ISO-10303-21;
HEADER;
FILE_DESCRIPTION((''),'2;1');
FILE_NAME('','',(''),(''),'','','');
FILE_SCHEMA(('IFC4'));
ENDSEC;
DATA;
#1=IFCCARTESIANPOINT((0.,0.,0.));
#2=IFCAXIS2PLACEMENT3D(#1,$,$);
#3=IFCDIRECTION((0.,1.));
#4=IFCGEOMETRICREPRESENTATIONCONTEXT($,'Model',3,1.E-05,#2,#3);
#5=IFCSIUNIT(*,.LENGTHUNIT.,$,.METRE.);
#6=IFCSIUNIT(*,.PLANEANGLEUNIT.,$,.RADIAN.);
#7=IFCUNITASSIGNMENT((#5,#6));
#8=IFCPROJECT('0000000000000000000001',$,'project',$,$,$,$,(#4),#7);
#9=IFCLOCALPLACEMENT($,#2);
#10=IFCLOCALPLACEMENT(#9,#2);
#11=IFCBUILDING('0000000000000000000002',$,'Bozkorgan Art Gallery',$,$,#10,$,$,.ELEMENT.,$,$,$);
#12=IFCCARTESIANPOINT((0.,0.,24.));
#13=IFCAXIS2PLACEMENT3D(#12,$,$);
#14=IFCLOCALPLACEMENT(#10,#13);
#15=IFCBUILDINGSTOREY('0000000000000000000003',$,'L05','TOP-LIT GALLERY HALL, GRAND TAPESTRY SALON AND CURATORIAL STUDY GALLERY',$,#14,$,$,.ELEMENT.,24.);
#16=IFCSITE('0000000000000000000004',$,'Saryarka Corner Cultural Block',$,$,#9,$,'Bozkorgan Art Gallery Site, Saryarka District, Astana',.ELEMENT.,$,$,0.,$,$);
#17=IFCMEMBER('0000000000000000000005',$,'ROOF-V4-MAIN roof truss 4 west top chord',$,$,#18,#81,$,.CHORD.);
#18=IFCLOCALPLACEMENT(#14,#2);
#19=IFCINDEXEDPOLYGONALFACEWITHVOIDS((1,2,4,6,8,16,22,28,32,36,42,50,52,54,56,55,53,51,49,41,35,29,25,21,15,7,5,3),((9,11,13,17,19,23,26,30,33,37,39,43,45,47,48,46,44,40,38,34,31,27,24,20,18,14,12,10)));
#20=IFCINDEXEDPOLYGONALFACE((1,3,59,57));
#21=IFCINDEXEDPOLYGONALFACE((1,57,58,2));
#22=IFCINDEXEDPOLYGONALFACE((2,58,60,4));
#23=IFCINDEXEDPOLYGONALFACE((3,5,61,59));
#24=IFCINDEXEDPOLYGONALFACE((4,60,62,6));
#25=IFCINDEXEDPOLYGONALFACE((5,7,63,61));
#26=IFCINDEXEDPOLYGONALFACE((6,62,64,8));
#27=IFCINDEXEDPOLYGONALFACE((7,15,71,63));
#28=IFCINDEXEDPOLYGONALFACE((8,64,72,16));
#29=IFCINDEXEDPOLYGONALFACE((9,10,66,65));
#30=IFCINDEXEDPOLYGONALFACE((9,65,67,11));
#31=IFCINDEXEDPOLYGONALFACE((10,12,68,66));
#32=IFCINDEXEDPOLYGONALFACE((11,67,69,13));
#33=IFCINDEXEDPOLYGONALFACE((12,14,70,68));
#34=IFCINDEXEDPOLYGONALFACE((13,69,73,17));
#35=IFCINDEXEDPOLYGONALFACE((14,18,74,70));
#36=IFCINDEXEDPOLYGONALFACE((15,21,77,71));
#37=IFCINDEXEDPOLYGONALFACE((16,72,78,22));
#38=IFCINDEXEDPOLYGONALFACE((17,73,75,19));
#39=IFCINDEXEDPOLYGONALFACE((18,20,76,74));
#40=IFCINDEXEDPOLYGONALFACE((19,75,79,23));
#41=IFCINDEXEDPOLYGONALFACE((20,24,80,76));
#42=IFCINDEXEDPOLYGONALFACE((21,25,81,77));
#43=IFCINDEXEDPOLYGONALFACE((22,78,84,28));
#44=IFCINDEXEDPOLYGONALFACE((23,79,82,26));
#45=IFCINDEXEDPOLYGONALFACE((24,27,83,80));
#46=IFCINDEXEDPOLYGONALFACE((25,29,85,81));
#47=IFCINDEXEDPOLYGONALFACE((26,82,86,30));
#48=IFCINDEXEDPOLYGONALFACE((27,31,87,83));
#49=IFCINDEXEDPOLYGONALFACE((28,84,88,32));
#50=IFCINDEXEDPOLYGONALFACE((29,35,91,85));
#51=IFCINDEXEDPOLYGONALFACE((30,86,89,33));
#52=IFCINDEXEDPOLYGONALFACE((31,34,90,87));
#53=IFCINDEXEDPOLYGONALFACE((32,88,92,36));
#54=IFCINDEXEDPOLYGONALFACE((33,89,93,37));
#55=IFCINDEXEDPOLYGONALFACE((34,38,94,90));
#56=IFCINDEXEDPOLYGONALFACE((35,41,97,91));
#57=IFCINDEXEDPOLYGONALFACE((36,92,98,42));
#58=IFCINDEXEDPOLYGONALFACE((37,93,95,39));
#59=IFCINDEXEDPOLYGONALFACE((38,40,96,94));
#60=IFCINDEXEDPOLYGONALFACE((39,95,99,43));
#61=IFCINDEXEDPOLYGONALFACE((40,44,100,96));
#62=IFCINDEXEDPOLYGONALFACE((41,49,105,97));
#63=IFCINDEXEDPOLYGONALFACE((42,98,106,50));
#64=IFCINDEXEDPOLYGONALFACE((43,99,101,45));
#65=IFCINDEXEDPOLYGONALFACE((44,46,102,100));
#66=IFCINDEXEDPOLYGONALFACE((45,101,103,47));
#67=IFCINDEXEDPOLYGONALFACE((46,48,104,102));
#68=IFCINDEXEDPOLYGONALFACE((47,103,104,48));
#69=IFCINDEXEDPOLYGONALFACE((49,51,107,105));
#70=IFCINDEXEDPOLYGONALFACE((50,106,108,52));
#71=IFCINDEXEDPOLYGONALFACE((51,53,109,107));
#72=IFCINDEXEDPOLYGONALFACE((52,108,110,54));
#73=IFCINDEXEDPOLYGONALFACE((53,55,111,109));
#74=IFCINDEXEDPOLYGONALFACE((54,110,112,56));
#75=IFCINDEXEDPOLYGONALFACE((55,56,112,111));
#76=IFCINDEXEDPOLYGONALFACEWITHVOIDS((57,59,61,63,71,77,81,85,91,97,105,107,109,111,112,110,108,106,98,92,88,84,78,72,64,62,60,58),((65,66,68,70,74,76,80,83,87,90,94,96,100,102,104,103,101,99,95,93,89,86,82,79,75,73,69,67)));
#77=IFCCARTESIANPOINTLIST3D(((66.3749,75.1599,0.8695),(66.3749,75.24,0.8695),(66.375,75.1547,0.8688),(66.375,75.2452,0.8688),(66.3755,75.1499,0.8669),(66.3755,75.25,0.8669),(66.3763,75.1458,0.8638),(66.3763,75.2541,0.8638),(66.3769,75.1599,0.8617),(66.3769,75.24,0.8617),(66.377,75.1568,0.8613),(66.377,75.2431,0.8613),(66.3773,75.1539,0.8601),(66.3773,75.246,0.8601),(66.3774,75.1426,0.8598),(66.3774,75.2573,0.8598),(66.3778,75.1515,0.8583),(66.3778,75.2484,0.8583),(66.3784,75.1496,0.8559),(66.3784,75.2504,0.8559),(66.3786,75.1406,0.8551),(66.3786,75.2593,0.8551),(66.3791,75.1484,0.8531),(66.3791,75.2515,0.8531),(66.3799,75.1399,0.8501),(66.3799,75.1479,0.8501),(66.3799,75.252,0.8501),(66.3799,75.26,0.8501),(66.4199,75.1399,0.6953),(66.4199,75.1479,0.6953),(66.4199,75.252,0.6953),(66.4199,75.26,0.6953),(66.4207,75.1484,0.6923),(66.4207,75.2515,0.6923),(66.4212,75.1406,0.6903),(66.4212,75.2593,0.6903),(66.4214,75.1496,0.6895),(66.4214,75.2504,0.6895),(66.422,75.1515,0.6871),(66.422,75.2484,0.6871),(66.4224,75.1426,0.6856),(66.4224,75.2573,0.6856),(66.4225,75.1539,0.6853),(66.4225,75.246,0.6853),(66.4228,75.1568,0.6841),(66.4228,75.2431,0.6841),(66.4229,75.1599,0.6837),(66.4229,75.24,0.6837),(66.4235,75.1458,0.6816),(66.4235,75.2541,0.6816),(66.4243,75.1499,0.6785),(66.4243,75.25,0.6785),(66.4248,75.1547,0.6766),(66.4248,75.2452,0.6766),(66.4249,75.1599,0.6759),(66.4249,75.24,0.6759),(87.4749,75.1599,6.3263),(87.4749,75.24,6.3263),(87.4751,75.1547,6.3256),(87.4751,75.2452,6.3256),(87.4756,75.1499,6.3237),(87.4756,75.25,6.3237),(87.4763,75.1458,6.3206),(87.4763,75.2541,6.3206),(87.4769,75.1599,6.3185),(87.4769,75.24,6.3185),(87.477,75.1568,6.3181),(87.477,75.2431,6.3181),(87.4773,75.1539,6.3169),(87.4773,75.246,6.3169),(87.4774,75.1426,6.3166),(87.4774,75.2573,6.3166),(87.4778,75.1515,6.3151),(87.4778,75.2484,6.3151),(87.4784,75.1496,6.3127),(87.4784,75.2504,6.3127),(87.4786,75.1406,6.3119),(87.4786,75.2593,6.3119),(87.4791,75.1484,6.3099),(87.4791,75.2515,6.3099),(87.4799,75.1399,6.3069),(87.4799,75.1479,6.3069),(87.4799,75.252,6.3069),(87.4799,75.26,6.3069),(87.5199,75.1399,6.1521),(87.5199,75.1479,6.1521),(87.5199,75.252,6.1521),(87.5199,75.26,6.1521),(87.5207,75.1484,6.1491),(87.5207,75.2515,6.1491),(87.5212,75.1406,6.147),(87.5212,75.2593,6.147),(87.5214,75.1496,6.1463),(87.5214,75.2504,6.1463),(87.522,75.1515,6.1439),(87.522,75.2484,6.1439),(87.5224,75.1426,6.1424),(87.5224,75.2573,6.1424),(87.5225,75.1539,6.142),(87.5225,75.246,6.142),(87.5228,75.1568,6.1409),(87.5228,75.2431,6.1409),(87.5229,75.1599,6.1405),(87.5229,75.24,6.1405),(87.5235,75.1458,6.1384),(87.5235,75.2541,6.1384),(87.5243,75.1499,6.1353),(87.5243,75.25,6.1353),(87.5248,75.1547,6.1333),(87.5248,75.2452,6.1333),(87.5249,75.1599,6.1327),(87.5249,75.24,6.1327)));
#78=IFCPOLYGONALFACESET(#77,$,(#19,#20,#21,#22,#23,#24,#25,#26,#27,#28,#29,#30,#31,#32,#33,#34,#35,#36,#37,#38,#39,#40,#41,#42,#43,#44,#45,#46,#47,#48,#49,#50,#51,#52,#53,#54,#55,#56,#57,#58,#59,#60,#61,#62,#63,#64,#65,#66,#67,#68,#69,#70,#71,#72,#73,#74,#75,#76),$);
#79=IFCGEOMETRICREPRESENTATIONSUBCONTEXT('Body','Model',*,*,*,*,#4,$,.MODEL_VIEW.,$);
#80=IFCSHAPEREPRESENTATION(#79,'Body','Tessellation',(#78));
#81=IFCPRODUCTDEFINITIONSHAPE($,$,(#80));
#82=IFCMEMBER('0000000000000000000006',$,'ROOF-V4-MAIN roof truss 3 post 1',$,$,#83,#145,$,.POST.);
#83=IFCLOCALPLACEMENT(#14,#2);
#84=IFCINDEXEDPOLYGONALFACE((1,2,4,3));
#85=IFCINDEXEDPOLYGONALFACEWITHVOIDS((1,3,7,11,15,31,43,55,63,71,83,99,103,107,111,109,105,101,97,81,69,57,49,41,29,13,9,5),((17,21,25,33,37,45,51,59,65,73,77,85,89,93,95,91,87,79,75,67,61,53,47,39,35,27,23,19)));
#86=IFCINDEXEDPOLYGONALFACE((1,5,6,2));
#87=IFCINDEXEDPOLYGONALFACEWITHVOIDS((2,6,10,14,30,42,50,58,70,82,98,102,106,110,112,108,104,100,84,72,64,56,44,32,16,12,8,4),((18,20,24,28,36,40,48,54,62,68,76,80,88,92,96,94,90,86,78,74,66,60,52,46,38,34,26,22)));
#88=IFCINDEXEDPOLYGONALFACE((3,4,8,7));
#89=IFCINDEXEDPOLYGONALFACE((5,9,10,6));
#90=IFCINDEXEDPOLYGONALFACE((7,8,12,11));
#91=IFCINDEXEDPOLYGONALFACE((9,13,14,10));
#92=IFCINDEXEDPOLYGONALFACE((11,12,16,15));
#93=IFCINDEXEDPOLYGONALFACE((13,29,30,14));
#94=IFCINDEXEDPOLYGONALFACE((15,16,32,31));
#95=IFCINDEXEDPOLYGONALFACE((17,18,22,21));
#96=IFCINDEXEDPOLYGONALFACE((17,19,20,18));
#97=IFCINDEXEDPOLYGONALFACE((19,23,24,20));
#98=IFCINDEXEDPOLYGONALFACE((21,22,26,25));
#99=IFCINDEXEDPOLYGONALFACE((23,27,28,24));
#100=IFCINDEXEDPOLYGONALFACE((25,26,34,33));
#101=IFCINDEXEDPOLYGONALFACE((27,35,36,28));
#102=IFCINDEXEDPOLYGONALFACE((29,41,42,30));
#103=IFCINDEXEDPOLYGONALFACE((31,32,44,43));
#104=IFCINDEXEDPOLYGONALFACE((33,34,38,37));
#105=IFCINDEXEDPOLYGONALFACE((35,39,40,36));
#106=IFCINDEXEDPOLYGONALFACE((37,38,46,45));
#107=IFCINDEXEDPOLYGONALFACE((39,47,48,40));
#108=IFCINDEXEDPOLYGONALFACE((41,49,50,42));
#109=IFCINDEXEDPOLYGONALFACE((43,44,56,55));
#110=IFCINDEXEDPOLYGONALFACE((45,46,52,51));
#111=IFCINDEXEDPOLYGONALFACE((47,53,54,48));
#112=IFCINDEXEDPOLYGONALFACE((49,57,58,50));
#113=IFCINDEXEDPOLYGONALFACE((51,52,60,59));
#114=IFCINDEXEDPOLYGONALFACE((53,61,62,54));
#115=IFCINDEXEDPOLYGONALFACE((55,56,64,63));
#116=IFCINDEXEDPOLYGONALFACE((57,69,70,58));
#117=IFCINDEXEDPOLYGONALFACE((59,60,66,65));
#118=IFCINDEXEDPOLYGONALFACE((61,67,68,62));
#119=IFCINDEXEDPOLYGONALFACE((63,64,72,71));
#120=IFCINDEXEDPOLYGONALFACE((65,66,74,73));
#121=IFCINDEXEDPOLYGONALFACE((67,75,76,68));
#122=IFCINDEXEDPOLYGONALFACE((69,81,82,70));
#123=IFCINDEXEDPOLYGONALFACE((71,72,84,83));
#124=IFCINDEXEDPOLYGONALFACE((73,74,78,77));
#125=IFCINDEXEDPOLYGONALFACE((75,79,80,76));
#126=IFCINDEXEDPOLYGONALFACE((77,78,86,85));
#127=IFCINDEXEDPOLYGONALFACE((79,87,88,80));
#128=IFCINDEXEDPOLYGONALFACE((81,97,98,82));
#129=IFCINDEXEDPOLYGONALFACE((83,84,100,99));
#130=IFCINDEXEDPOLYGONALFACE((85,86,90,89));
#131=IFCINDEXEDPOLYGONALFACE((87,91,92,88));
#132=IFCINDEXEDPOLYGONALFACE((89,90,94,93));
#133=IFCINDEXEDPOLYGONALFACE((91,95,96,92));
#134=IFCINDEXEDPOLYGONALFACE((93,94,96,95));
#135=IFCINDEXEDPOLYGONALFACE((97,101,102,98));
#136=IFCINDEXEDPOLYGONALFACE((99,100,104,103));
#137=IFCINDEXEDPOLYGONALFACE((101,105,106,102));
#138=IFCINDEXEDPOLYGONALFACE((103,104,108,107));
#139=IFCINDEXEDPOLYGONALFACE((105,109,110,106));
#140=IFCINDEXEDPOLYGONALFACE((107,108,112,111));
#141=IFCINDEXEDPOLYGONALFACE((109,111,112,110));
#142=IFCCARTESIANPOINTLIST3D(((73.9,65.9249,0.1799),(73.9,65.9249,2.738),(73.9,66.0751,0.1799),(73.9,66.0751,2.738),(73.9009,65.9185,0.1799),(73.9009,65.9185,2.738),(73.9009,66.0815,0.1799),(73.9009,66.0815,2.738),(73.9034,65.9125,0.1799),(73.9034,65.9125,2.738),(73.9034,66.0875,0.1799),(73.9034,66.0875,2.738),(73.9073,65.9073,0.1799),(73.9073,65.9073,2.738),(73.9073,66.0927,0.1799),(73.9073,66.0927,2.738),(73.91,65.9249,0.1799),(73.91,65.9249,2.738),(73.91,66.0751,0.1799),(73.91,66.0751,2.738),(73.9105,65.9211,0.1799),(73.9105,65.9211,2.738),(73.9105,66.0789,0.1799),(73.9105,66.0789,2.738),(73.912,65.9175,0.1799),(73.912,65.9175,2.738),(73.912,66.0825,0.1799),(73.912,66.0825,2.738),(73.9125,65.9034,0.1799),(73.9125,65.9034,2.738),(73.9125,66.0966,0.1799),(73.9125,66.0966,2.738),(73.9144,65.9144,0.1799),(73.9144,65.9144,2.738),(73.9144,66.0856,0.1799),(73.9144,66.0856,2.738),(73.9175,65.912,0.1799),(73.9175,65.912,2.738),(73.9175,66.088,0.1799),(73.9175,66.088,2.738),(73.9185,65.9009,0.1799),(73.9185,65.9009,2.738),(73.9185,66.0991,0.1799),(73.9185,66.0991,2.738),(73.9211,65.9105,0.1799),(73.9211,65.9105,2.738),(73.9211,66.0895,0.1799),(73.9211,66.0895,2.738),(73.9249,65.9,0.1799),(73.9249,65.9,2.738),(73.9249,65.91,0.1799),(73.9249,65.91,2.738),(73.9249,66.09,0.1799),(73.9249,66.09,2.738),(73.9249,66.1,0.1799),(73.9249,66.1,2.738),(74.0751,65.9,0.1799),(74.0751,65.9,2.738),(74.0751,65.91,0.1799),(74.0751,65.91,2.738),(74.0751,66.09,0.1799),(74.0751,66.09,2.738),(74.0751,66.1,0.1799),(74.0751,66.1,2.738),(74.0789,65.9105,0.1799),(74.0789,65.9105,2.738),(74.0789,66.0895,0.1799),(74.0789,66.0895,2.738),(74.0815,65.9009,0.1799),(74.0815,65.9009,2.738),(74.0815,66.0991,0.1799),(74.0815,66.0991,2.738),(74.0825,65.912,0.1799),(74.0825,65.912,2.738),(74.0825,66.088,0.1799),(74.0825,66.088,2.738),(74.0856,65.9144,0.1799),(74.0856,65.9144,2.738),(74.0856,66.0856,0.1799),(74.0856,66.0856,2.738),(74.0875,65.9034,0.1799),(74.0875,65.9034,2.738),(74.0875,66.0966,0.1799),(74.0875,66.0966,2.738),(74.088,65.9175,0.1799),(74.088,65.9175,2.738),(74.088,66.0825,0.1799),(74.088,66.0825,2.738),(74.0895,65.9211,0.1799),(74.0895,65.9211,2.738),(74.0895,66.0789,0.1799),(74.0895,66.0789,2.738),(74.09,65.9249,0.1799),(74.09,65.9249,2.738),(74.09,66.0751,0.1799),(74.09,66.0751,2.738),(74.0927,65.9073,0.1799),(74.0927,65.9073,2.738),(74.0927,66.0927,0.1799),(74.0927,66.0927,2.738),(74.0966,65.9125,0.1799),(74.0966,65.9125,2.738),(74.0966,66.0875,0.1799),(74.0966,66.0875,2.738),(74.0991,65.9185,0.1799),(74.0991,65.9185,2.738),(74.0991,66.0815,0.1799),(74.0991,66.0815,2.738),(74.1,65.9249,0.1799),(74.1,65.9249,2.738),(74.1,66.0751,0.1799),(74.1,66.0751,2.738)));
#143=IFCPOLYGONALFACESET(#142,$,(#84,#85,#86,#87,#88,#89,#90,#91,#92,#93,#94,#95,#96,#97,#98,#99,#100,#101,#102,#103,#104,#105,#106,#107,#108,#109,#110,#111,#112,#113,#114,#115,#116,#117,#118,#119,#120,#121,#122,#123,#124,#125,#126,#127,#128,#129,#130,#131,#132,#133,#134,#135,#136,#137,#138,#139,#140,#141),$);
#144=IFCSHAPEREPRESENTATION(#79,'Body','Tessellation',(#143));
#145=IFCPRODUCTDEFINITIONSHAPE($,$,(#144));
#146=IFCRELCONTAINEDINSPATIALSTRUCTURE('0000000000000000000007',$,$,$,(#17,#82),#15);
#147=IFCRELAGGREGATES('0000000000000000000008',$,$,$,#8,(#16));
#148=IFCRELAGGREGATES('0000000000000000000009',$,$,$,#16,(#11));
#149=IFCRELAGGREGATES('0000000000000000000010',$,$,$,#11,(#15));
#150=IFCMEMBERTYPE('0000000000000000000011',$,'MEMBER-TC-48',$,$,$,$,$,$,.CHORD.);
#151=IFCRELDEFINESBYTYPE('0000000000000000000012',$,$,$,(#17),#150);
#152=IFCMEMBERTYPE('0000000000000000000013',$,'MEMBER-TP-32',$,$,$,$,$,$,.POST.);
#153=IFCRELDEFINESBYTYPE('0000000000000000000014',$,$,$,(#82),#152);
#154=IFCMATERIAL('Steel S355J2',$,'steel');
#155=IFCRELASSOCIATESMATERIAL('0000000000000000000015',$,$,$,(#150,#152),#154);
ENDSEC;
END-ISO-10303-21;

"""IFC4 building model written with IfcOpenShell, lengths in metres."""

from ifc_helpers import new_model, si_unit, direction, frame, origin, origin_2d, place, context, subcontext, project, spatial, hollow_rectangle, extrude, material, material_profile, profile_set, type_object, element, save


model = new_model("IFC4")

# Units and contexts
model_context = context("Model", 3, precision=1e-05, world=origin(), true_north=direction((0.0, 1.0)))
body_context = subcontext(model_context, "Body", "Model", "MODEL_VIEW")
ifc_project = project(units=[si_unit("LENGTHUNIT", "METRE"), si_unit("PLANEANGLEUNIT", "RADIAN")], contexts=[model_context])

# Site, building, storey
site_placement = place(None, origin())
site = spatial("IfcSite", under=ifc_project, at=site_placement, Name="Saryarka Corner Cultural Block", LongName="Bozkorgan Art Gallery Site, Saryarka District, Astana", CompositionType="ELEMENT", RefElevation=0.0)
building_placement = place(site_placement, origin())
building = spatial("IfcBuilding", under=site, at=building_placement, Name="Bozkorgan Art Gallery", CompositionType="ELEMENT")
storey_placement = place(building_placement, frame((0.0, 0.0, 24.0)))
storey = spatial("IfcBuildingStorey", under=building, at=storey_placement, Name="L05", Description="TOP-LIT GALLERY HALL, GRAND TAPESTRY SALON AND CURATORIAL STUDY GALLERY", CompositionType="ELEMENT", Elevation=24.0)

# Shared definitions
ifc_material_1 = material(Name="Steel S355J2", Category="steel")

# Members
ifc_material_profile_1 = material_profile(ifc_material_1, hollow_rectangle(XDim=0.1201, YDim=0.2, WallThickness=0.0081, InnerFilletRadius=0.012, OuterFilletRadius=0.02, at=origin_2d()), Name="RHS 200x120x8")
ifc_profile_set_1 = profile_set([ifc_material_profile_1], Name="Steel S355J2")
member_type_1 = type_object("IfcMemberType", Name="MEMBER-TC-48", PredefinedType="CHORD", material=ifc_profile_set_1)
member_1_placement = place(storey_placement, frame((66.3999, 75.2, 0.7727), z_axis=(0.968148, 0.0, 0.250377), x_axis=(0.0, 1.0, 0.0)))
element("IfcMember", 1, at=member_1_placement, inside=storey, type_object=member_type_1, Name="ROOF-V4-MAIN roof truss 4 west top chord", PredefinedType="CHORD", context=body_context, shape_type="SweptSolid", body=[
    extrude(hollow_rectangle(XDim=0.1201, YDim=0.2, WallThickness=0.0081, InnerFilletRadius=0.012, OuterFilletRadius=0.02, at=origin_2d()), origin(), (0.0, 0.0, 1.0), 21.7942),
])
ifc_material_profile_2 = material_profile(ifc_material_1, hollow_rectangle(XDim=0.2, YDim=0.2, WallThickness=0.01, InnerFilletRadius=0.0149, OuterFilletRadius=0.0249, at=origin_2d()), Name="SHS 200x200x10")
ifc_profile_set_2 = profile_set([ifc_material_profile_2], Name="Steel S355J2")
member_type_2 = type_object("IfcMemberType", Name="MEMBER-TP-32", PredefinedType="POST", material=ifc_profile_set_2)
member_2_placement = place(storey_placement, frame((74.0, 66.0, 0.1799), z_axis=(0.0, 0.0, 1.0), x_axis=(1.0, 0.0, 0.0)))
element("IfcMember", 2, at=member_2_placement, inside=storey, type_object=member_type_2, Name="ROOF-V4-MAIN roof truss 3 post 1", PredefinedType="POST", context=body_context, shape_type="SweptSolid", body=[
    extrude(hollow_rectangle(XDim=0.2, YDim=0.2, WallThickness=0.01, InnerFilletRadius=0.0149, OuterFilletRadius=0.0249, at=origin_2d()), origin(), (0.0, 0.0, 1.0), 2.5581),
])

save(model, "model.ifc")
